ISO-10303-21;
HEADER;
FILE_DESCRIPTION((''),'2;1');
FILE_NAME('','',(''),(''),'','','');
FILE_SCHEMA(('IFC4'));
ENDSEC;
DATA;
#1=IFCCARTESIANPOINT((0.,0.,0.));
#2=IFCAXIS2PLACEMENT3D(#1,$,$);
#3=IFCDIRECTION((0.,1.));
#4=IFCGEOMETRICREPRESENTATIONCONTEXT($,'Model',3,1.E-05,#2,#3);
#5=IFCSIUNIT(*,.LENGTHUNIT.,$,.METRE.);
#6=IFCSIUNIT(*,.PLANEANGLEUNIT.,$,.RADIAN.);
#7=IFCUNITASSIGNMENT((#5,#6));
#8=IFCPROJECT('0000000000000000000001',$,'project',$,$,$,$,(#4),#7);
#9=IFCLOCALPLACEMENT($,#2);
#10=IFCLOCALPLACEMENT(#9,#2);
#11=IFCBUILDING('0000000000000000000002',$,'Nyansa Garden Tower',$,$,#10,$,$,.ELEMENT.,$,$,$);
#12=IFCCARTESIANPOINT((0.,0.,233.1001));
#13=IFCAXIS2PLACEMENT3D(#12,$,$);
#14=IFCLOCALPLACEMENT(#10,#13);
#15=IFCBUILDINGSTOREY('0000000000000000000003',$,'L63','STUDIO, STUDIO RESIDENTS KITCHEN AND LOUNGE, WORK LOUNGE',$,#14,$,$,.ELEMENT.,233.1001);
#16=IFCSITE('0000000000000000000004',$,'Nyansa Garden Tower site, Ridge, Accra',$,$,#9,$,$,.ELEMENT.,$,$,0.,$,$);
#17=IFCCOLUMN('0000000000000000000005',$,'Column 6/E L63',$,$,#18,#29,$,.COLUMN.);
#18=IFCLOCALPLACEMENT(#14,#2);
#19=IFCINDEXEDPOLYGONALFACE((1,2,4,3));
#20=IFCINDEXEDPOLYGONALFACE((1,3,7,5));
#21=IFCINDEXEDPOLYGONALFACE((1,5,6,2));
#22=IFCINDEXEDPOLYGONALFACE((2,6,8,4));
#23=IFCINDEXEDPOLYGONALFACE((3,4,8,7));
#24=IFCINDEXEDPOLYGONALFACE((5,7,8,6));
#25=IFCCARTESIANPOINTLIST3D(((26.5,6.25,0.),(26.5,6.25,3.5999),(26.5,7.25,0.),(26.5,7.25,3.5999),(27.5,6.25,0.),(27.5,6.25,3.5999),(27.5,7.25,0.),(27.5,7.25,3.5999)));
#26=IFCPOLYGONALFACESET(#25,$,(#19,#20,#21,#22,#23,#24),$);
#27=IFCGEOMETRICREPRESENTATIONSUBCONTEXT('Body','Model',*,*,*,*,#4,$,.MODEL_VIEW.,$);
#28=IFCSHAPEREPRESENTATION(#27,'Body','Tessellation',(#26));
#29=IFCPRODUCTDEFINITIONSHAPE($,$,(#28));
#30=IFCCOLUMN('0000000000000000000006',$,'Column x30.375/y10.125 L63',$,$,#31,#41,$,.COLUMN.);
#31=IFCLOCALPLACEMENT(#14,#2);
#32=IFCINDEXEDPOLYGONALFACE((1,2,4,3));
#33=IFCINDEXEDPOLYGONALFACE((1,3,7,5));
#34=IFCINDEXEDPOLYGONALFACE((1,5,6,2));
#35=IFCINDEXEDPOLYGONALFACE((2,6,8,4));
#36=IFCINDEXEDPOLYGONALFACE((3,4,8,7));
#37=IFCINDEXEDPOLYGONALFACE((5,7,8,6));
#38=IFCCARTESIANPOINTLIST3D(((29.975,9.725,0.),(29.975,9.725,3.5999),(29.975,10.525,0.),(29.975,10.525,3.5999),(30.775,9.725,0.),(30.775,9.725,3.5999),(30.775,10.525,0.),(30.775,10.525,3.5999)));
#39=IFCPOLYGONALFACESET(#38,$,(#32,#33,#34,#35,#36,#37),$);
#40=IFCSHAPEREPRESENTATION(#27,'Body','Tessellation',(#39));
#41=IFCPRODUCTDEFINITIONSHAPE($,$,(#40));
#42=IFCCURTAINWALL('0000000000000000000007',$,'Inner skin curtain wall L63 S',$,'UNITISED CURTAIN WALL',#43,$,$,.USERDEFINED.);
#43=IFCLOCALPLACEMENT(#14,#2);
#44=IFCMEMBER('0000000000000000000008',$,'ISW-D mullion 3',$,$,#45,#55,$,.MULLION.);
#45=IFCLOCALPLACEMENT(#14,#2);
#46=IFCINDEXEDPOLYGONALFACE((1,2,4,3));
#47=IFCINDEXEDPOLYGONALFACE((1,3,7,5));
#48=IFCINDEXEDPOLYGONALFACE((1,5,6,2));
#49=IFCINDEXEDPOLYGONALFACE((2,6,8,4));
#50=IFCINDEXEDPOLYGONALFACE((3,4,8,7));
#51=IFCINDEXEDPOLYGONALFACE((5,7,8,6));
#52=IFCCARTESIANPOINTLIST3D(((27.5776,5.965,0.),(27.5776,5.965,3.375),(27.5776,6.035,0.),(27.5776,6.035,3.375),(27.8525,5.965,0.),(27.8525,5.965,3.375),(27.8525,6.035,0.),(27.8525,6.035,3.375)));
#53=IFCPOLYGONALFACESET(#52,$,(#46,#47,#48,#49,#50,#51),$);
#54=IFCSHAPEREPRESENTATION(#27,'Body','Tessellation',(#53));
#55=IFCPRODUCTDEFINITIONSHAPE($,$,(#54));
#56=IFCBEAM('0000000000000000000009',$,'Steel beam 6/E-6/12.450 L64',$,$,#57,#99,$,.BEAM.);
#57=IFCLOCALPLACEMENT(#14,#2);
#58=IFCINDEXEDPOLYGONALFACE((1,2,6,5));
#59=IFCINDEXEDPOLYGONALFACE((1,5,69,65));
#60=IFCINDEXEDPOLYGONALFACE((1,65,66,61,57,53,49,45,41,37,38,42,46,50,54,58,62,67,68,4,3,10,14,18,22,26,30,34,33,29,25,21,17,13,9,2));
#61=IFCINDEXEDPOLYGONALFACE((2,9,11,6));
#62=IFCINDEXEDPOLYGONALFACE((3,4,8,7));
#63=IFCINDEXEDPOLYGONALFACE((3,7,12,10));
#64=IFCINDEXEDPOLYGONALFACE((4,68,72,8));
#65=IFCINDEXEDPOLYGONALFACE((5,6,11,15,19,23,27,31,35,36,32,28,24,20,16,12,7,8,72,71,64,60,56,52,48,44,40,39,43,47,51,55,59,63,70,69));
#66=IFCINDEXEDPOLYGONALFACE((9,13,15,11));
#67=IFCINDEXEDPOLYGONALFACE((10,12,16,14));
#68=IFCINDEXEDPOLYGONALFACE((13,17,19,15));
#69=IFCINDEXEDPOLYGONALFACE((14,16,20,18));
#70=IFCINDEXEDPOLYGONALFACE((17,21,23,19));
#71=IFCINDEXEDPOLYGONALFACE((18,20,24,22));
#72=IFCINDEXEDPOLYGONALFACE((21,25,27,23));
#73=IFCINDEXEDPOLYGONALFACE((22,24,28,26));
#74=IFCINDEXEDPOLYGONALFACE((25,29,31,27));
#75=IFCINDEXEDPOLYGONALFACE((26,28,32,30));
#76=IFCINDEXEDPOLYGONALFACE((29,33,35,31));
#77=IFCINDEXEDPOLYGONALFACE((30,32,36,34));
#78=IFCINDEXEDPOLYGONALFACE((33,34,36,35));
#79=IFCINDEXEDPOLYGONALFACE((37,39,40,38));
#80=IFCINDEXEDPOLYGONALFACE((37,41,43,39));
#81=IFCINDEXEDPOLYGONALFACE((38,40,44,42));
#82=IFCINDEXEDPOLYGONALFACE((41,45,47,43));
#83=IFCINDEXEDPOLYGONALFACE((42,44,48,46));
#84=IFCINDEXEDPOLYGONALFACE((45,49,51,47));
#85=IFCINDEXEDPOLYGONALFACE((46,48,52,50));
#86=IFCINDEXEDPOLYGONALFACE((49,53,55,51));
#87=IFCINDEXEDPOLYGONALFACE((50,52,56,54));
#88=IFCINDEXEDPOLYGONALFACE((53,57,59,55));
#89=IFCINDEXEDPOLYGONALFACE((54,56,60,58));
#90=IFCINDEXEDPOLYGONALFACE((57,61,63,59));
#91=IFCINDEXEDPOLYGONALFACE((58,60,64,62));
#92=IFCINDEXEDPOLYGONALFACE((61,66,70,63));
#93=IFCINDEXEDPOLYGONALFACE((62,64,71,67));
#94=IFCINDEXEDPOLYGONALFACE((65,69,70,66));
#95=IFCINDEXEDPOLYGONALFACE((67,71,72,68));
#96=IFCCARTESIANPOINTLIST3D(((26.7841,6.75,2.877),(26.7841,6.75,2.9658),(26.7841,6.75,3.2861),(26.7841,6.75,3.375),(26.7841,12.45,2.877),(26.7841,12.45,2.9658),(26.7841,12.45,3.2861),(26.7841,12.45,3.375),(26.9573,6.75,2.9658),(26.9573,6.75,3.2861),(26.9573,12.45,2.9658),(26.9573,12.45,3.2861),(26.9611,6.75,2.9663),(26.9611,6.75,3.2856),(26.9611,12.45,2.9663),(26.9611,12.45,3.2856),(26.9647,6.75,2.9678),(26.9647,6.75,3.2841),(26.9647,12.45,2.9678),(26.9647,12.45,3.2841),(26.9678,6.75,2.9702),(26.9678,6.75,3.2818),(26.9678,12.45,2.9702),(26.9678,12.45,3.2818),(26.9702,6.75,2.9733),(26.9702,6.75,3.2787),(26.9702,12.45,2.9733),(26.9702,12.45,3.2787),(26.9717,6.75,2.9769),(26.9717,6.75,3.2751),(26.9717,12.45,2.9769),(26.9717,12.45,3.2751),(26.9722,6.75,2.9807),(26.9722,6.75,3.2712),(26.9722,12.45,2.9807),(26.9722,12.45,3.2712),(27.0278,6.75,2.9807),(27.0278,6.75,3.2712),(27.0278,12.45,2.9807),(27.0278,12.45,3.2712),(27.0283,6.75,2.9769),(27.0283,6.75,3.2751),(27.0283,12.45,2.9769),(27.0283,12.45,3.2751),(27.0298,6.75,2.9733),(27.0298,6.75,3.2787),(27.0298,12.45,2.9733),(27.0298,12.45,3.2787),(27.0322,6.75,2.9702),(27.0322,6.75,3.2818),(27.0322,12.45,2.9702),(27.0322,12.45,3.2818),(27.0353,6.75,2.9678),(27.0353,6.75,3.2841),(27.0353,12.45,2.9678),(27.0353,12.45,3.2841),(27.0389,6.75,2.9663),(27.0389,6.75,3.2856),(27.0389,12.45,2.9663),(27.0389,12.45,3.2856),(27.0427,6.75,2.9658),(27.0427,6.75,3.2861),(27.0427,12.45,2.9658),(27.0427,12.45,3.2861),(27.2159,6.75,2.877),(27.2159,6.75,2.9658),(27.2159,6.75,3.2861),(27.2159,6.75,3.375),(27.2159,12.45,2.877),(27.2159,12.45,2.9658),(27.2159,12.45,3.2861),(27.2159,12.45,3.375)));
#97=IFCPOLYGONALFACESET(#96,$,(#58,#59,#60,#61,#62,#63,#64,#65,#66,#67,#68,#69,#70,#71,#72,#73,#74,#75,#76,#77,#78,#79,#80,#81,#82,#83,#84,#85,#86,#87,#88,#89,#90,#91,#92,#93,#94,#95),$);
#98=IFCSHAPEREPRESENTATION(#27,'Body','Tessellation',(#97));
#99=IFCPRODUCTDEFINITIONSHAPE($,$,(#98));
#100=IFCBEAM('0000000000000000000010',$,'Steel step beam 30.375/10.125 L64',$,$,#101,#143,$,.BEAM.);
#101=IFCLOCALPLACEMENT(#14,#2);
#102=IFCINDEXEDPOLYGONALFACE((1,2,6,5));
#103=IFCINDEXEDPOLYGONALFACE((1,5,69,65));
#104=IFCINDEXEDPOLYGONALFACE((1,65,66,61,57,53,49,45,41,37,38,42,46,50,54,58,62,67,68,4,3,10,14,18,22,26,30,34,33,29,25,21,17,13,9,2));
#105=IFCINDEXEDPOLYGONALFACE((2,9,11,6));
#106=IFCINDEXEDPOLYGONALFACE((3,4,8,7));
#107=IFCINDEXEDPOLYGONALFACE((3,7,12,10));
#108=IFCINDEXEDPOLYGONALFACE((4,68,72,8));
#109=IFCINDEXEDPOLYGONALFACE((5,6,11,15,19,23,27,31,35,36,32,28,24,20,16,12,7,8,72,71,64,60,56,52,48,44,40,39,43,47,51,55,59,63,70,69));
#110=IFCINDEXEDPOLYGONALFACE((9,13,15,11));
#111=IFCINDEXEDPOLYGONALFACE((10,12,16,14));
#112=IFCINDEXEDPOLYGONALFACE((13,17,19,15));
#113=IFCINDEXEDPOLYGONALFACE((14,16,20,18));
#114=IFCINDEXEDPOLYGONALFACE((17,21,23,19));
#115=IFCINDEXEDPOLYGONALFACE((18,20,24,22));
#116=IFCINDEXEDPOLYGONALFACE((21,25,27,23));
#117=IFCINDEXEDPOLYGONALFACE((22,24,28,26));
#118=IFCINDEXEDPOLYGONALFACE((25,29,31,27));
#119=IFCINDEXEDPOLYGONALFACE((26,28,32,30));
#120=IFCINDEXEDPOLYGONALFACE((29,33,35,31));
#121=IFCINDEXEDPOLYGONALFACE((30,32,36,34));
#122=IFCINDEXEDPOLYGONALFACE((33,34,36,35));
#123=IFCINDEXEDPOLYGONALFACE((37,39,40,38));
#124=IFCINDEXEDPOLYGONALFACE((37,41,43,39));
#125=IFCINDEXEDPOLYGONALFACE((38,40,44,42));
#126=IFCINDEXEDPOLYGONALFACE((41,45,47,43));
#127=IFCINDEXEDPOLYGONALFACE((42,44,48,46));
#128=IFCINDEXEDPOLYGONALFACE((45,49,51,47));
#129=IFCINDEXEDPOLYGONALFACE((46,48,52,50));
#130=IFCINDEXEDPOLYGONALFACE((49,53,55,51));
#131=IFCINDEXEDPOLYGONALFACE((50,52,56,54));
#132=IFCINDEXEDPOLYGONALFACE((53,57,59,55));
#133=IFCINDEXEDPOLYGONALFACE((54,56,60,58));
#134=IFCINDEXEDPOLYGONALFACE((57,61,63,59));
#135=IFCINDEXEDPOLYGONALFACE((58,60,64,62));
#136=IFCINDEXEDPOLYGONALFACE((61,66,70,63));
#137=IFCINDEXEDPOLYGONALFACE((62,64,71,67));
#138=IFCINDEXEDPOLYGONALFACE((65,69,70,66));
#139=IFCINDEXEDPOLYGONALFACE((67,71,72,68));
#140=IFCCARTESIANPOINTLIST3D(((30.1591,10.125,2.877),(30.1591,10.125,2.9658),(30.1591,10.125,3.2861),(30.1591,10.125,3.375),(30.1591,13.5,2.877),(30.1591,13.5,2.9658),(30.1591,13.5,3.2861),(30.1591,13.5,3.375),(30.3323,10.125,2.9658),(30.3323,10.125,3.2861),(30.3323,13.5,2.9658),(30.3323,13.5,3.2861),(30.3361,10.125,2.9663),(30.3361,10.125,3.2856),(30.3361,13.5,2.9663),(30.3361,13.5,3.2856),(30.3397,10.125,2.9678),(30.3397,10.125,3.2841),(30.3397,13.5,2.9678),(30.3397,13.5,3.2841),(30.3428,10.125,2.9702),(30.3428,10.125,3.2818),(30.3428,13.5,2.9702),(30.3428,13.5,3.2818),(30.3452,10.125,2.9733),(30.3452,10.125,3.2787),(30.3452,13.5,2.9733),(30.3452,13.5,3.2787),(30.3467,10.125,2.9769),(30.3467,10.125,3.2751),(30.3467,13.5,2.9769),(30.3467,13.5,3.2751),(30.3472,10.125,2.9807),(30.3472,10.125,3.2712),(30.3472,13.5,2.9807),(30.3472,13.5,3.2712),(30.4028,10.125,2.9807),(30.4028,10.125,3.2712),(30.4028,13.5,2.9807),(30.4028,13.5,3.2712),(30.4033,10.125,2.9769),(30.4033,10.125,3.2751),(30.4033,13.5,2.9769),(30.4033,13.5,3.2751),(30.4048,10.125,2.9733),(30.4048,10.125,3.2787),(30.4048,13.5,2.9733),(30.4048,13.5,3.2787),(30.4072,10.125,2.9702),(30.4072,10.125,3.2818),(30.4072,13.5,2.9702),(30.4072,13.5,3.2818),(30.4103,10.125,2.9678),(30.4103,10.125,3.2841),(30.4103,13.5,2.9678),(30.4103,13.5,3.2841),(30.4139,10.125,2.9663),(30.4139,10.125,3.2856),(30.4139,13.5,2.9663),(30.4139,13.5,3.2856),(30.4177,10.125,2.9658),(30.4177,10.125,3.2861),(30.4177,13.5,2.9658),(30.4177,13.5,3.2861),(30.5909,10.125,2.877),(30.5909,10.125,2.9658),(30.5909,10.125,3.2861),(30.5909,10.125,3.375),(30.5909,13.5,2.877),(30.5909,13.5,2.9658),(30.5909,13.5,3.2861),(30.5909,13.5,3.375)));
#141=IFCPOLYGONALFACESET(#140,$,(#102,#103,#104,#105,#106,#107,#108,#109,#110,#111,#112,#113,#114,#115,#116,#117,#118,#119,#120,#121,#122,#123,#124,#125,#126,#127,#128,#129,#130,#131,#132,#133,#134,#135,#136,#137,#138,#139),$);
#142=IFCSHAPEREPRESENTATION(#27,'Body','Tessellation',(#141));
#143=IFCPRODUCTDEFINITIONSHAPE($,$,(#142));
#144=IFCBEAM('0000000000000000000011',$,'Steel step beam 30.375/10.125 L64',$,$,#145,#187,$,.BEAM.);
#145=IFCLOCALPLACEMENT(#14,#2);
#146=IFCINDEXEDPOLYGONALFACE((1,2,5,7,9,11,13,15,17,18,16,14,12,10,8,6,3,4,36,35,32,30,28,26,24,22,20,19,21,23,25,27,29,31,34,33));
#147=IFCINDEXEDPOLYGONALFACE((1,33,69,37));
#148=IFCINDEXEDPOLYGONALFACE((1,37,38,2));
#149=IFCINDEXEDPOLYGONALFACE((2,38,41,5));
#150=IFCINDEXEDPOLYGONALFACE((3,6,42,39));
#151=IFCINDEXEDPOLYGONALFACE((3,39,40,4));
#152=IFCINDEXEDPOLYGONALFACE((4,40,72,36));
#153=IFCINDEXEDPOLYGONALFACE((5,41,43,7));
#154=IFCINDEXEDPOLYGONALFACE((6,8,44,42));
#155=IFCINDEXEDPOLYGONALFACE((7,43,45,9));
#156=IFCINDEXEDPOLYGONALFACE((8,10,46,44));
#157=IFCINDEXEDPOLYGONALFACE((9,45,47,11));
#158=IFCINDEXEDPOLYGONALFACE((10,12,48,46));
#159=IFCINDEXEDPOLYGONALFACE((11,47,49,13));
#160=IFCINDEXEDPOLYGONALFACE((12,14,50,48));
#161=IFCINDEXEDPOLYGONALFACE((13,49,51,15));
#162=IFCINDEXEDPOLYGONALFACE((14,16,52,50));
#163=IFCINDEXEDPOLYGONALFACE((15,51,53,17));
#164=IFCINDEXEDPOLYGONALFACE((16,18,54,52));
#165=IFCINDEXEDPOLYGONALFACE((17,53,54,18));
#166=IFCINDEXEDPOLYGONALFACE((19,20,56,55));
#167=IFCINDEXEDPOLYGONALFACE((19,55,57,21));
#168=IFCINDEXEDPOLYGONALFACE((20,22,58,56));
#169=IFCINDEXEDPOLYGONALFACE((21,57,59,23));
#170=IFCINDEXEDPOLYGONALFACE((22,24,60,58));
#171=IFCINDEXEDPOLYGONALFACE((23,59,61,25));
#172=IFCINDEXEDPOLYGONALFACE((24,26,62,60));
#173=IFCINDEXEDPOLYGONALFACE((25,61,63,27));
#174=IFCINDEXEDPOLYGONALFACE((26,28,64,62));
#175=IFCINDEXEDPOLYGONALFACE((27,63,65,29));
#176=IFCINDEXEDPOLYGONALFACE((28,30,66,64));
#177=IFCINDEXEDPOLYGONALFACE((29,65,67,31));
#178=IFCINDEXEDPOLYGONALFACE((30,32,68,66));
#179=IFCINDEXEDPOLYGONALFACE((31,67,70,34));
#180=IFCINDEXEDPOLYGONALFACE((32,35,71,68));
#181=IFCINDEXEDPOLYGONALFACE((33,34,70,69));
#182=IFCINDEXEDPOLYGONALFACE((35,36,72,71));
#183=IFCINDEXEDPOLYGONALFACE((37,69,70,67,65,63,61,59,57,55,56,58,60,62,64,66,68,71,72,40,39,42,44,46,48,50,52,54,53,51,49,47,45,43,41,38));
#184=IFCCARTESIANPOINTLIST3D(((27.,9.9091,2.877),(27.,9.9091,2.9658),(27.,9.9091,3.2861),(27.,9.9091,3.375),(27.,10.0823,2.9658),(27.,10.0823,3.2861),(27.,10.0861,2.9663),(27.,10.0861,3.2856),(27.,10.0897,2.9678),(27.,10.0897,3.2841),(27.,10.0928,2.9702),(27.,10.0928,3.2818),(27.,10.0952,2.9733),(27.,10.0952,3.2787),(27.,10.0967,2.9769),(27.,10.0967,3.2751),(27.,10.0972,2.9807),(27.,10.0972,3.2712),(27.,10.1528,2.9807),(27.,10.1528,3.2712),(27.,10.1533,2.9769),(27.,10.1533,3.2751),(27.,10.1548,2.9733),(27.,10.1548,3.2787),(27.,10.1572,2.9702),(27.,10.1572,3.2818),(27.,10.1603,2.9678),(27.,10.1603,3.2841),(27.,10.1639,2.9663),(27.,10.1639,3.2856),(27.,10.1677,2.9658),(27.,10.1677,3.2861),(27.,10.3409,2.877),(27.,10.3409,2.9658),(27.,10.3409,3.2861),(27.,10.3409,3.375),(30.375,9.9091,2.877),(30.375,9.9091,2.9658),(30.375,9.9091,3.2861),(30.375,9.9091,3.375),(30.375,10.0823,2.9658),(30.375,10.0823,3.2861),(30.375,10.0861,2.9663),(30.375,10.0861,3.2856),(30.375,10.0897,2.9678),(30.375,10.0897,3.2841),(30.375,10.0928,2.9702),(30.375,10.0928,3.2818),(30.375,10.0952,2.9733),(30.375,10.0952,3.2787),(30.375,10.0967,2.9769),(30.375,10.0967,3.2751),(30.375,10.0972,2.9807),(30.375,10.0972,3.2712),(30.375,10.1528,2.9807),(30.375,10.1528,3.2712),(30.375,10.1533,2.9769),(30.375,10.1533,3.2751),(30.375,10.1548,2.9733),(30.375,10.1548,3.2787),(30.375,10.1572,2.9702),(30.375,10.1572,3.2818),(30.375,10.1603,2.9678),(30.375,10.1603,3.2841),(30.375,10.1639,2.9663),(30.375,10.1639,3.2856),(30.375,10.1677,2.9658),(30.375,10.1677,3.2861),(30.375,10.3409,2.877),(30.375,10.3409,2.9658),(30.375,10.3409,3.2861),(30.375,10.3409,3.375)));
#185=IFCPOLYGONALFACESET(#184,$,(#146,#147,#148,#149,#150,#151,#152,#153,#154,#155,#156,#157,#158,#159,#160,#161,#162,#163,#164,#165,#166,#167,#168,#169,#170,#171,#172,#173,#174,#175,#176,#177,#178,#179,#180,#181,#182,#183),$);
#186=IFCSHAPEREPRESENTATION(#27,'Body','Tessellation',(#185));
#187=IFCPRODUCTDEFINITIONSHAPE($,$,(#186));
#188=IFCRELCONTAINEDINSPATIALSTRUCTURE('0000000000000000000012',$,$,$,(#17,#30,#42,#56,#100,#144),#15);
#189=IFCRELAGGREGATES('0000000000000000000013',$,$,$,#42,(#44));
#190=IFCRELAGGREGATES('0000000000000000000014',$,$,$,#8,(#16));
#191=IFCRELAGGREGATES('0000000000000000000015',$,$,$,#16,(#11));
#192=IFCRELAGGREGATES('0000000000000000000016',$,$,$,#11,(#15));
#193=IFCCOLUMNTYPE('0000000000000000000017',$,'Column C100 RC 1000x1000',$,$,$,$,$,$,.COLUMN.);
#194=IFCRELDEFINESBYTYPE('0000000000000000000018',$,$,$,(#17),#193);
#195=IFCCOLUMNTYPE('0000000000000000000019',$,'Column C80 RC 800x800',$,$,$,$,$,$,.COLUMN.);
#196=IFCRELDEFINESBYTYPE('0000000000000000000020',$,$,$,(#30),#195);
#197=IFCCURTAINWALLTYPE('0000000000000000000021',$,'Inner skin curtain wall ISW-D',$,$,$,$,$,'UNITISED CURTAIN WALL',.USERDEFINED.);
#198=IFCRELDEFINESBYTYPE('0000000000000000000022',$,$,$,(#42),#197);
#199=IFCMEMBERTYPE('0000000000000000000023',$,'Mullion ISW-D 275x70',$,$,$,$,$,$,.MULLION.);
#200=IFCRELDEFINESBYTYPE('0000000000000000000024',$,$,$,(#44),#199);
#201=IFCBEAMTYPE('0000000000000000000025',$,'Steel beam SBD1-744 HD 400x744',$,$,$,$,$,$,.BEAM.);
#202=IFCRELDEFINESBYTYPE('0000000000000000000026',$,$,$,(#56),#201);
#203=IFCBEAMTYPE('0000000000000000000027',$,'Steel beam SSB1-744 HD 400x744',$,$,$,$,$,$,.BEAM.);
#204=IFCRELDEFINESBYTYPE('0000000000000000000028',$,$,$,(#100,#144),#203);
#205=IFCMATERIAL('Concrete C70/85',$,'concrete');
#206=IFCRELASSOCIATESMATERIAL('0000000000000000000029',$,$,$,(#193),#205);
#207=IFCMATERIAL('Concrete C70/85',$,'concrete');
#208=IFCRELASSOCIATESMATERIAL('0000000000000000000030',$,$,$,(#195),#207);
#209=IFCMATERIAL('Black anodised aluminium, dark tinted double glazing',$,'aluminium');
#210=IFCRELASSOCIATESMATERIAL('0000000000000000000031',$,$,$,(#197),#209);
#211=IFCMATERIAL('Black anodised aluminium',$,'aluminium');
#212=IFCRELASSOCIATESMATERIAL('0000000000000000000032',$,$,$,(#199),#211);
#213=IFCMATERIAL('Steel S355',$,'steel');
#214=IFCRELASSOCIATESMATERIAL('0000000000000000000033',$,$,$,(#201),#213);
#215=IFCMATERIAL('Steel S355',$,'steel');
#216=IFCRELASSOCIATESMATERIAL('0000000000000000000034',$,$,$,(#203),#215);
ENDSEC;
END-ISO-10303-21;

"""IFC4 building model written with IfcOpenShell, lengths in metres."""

from ifc_helpers import new_model, si_unit, direction, frame, origin, origin_2d, place, context, subcontext, project, spatial, rectangle, i_section, extrude, material, material_profile, profile_set, type_object, element, aggregate, save


model = new_model("IFC4")

# Units and contexts
model_context = context("Model", 3, precision=1e-05, world=origin(), true_north=direction((0.0, 1.0)))
body_context = subcontext(model_context, "Body", "Model", "MODEL_VIEW")
ifc_project = project(units=[si_unit("LENGTHUNIT", "METRE"), si_unit("PLANEANGLEUNIT", "RADIAN")], contexts=[model_context])

# Site, building, storey
site_placement = place(None, origin())
site = spatial("IfcSite", under=ifc_project, at=site_placement, Name="Nyansa Garden Tower site, Ridge, Accra", CompositionType="ELEMENT", RefElevation=0.0)
building_placement = place(site_placement, origin())
building = spatial("IfcBuilding", under=site, at=building_placement, Name="Nyansa Garden Tower", CompositionType="ELEMENT")
storey_placement = place(building_placement, frame((0.0, 0.0, 233.1001)))
storey = spatial("IfcBuildingStorey", under=building, at=storey_placement, Name="L63", Description="STUDIO, STUDIO RESIDENTS KITCHEN AND LOUNGE, WORK LOUNGE", CompositionType="ELEMENT", Elevation=233.1001)

# Columns
ifc_material_1 = material(Name="Concrete C70/85", Category="concrete")
ifc_material_profile_1 = material_profile(ifc_material_1, rectangle(XDim=1.0, YDim=1.0, at=origin_2d()), Name="RC 1000x1000")
ifc_profile_set_1 = profile_set([ifc_material_profile_1], Name="Concrete C70/85")
column_type_1 = type_object("IfcColumnType", Name="Column C100 RC 1000x1000", PredefinedType="COLUMN", material=ifc_profile_set_1)
column_1_placement = place(storey_placement, frame((27.0, 6.75, 0.0), z_axis=(0.0, 0.0, 1.0), x_axis=(1.0, 0.0, 0.0)))
element("IfcColumn", 1, at=column_1_placement, inside=storey, type_object=column_type_1, Name="Column 6/E L63", PredefinedType="COLUMN", context=body_context, shape_type="SweptSolid", body=[
    extrude(rectangle(XDim=1.0, YDim=1.0, at=origin_2d()), origin(), (0.0, 0.0, 1.0), 3.5999),
])
ifc_material_2 = material(Name="Concrete C70/85", Category="concrete")
ifc_material_profile_2 = material_profile(ifc_material_2, rectangle(XDim=0.8, YDim=0.8, at=origin_2d()), Name="RC 800x800")
ifc_profile_set_2 = profile_set([ifc_material_profile_2], Name="Concrete C70/85")
column_type_2 = type_object("IfcColumnType", Name="Column C80 RC 800x800", PredefinedType="COLUMN", material=ifc_profile_set_2)
column_2_placement = place(storey_placement, frame((30.375, 10.125, 0.0), z_axis=(0.0, 0.0, 1.0), x_axis=(1.0, 0.0, 0.0)))
element("IfcColumn", 2, at=column_2_placement, inside=storey, type_object=column_type_2, Name="Column x30.375/y10.125 L63", PredefinedType="COLUMN", context=body_context, shape_type="SweptSolid", body=[
    extrude(rectangle(XDim=0.8, YDim=0.8, at=origin_2d()), origin(), (0.0, 0.0, 1.0), 3.5999),
])

# Curtain wall, member
ifc_material_3 = material(Name="Black anodised aluminium, dark tinted double glazing", Category="aluminium")
curtain_wall_type = type_object("IfcCurtainWallType", Name="Inner skin curtain wall ISW-D", ElementType="UNITISED CURTAIN WALL", PredefinedType="USERDEFINED", material=ifc_material_3)
curtain_wall_placement = place(storey_placement, origin())
curtain_wall = element("IfcCurtainWall", 3, at=curtain_wall_placement, inside=storey, type_object=curtain_wall_type, Name="Inner skin curtain wall L63 S", ObjectType="UNITISED CURTAIN WALL", PredefinedType="USERDEFINED")
ifc_material_4 = material(Name="Black anodised aluminium", Category="aluminium")
ifc_material_profile_3 = material_profile(ifc_material_4, rectangle(XDim=0.0701, YDim=0.2749, at=origin_2d()), Name="Mullion 275x70")
ifc_profile_set_3 = profile_set([ifc_material_profile_3], Name="Black anodised aluminium")
member_type = type_object("IfcMemberType", Name="Mullion ISW-D 275x70", PredefinedType="MULLION", material=ifc_profile_set_3)
member_placement = place(storey_placement, frame((27.7151, 6.0, 0.0), z_axis=(0.0, 0.0, 1.0), x_axis=(0.0, 1.0, 0.0)))
member = element("IfcMember", 4, at=member_placement, type_object=member_type, Name="ISW-D mullion 3", PredefinedType="MULLION", context=body_context, shape_type="SweptSolid", body=[
    extrude(rectangle(XDim=0.0701, YDim=0.2749, at=origin_2d()), origin(), (0.0, 0.0, 1.0), 3.375),
])
aggregate(curtain_wall, [member])

# Beams
ifc_material_5 = material(Name="Steel S355", Category="steel")
ifc_material_profile_4 = material_profile(ifc_material_5, i_section(OverallWidth=0.4319, OverallDepth=0.498, WebThickness=0.0557, FlangeThickness=0.0889, FilletRadius=0.0149, at=origin_2d()), Name="HD 400x744")
ifc_profile_set_4 = profile_set([ifc_material_profile_4], Name="Steel S355")
beam_type_1 = type_object("IfcBeamType", Name="Steel beam SBD1-744 HD 400x744", PredefinedType="BEAM", material=ifc_profile_set_4)
beam_placement = place(storey_placement, frame((27.0, 6.75, 3.126), z_axis=(0.0, 1.0, 0.0), x_axis=(-1.0, 0.0, 0.0)))
element("IfcBeam", 5, at=beam_placement, inside=storey, type_object=beam_type_1, Name="Steel beam 6/E-6/12.450 L64", PredefinedType="BEAM", context=body_context, shape_type="SweptSolid", body=[
    extrude(i_section(OverallWidth=0.4319, OverallDepth=0.498, WebThickness=0.0557, FlangeThickness=0.0889, FilletRadius=0.0149, at=origin_2d()), origin(), (0.0, 0.0, 1.0), 5.7),
])
ifc_material_6 = material(Name="Steel S355", Category="steel")
ifc_material_profile_5 = material_profile(ifc_material_6, i_section(OverallWidth=0.4319, OverallDepth=0.498, WebThickness=0.0557, FlangeThickness=0.0889, FilletRadius=0.0149, at=origin_2d()), Name="HD 400x744")
ifc_profile_set_5 = profile_set([ifc_material_profile_5], Name="Steel S355")
beam_type_2 = type_object("IfcBeamType", Name="Steel beam SSB1-744 HD 400x744", PredefinedType="BEAM", material=ifc_profile_set_5)
for number, where, z_axis, x_axis, name in (
    (6, (30.375, 10.125, 3.126), (0.0, 1.0, 0.0), (-1.0, 0.0, 0.0), "Steel step beam 30.375/10.125 L64"),
    (7, (30.375, 10.125, 3.126), (-1.0, 0.0, 0.0), (0.0, -1.0, 0.0), "Steel step beam 30.375/10.125 L64"),
):
    element("IfcBeam", number, at=place(storey_placement, frame(where, z_axis=z_axis, x_axis=x_axis)), inside=storey, type_object=beam_type_2, Name=name, PredefinedType="BEAM", context=body_context, shape_type="SweptSolid", body=[
        extrude(i_section(OverallWidth=0.4319, OverallDepth=0.498, WebThickness=0.0557, FlangeThickness=0.0889, FilletRadius=0.0149, at=origin_2d()), origin(), (0.0, 0.0, 1.0), 3.375),
    ])

save(model, "model.ifc")
